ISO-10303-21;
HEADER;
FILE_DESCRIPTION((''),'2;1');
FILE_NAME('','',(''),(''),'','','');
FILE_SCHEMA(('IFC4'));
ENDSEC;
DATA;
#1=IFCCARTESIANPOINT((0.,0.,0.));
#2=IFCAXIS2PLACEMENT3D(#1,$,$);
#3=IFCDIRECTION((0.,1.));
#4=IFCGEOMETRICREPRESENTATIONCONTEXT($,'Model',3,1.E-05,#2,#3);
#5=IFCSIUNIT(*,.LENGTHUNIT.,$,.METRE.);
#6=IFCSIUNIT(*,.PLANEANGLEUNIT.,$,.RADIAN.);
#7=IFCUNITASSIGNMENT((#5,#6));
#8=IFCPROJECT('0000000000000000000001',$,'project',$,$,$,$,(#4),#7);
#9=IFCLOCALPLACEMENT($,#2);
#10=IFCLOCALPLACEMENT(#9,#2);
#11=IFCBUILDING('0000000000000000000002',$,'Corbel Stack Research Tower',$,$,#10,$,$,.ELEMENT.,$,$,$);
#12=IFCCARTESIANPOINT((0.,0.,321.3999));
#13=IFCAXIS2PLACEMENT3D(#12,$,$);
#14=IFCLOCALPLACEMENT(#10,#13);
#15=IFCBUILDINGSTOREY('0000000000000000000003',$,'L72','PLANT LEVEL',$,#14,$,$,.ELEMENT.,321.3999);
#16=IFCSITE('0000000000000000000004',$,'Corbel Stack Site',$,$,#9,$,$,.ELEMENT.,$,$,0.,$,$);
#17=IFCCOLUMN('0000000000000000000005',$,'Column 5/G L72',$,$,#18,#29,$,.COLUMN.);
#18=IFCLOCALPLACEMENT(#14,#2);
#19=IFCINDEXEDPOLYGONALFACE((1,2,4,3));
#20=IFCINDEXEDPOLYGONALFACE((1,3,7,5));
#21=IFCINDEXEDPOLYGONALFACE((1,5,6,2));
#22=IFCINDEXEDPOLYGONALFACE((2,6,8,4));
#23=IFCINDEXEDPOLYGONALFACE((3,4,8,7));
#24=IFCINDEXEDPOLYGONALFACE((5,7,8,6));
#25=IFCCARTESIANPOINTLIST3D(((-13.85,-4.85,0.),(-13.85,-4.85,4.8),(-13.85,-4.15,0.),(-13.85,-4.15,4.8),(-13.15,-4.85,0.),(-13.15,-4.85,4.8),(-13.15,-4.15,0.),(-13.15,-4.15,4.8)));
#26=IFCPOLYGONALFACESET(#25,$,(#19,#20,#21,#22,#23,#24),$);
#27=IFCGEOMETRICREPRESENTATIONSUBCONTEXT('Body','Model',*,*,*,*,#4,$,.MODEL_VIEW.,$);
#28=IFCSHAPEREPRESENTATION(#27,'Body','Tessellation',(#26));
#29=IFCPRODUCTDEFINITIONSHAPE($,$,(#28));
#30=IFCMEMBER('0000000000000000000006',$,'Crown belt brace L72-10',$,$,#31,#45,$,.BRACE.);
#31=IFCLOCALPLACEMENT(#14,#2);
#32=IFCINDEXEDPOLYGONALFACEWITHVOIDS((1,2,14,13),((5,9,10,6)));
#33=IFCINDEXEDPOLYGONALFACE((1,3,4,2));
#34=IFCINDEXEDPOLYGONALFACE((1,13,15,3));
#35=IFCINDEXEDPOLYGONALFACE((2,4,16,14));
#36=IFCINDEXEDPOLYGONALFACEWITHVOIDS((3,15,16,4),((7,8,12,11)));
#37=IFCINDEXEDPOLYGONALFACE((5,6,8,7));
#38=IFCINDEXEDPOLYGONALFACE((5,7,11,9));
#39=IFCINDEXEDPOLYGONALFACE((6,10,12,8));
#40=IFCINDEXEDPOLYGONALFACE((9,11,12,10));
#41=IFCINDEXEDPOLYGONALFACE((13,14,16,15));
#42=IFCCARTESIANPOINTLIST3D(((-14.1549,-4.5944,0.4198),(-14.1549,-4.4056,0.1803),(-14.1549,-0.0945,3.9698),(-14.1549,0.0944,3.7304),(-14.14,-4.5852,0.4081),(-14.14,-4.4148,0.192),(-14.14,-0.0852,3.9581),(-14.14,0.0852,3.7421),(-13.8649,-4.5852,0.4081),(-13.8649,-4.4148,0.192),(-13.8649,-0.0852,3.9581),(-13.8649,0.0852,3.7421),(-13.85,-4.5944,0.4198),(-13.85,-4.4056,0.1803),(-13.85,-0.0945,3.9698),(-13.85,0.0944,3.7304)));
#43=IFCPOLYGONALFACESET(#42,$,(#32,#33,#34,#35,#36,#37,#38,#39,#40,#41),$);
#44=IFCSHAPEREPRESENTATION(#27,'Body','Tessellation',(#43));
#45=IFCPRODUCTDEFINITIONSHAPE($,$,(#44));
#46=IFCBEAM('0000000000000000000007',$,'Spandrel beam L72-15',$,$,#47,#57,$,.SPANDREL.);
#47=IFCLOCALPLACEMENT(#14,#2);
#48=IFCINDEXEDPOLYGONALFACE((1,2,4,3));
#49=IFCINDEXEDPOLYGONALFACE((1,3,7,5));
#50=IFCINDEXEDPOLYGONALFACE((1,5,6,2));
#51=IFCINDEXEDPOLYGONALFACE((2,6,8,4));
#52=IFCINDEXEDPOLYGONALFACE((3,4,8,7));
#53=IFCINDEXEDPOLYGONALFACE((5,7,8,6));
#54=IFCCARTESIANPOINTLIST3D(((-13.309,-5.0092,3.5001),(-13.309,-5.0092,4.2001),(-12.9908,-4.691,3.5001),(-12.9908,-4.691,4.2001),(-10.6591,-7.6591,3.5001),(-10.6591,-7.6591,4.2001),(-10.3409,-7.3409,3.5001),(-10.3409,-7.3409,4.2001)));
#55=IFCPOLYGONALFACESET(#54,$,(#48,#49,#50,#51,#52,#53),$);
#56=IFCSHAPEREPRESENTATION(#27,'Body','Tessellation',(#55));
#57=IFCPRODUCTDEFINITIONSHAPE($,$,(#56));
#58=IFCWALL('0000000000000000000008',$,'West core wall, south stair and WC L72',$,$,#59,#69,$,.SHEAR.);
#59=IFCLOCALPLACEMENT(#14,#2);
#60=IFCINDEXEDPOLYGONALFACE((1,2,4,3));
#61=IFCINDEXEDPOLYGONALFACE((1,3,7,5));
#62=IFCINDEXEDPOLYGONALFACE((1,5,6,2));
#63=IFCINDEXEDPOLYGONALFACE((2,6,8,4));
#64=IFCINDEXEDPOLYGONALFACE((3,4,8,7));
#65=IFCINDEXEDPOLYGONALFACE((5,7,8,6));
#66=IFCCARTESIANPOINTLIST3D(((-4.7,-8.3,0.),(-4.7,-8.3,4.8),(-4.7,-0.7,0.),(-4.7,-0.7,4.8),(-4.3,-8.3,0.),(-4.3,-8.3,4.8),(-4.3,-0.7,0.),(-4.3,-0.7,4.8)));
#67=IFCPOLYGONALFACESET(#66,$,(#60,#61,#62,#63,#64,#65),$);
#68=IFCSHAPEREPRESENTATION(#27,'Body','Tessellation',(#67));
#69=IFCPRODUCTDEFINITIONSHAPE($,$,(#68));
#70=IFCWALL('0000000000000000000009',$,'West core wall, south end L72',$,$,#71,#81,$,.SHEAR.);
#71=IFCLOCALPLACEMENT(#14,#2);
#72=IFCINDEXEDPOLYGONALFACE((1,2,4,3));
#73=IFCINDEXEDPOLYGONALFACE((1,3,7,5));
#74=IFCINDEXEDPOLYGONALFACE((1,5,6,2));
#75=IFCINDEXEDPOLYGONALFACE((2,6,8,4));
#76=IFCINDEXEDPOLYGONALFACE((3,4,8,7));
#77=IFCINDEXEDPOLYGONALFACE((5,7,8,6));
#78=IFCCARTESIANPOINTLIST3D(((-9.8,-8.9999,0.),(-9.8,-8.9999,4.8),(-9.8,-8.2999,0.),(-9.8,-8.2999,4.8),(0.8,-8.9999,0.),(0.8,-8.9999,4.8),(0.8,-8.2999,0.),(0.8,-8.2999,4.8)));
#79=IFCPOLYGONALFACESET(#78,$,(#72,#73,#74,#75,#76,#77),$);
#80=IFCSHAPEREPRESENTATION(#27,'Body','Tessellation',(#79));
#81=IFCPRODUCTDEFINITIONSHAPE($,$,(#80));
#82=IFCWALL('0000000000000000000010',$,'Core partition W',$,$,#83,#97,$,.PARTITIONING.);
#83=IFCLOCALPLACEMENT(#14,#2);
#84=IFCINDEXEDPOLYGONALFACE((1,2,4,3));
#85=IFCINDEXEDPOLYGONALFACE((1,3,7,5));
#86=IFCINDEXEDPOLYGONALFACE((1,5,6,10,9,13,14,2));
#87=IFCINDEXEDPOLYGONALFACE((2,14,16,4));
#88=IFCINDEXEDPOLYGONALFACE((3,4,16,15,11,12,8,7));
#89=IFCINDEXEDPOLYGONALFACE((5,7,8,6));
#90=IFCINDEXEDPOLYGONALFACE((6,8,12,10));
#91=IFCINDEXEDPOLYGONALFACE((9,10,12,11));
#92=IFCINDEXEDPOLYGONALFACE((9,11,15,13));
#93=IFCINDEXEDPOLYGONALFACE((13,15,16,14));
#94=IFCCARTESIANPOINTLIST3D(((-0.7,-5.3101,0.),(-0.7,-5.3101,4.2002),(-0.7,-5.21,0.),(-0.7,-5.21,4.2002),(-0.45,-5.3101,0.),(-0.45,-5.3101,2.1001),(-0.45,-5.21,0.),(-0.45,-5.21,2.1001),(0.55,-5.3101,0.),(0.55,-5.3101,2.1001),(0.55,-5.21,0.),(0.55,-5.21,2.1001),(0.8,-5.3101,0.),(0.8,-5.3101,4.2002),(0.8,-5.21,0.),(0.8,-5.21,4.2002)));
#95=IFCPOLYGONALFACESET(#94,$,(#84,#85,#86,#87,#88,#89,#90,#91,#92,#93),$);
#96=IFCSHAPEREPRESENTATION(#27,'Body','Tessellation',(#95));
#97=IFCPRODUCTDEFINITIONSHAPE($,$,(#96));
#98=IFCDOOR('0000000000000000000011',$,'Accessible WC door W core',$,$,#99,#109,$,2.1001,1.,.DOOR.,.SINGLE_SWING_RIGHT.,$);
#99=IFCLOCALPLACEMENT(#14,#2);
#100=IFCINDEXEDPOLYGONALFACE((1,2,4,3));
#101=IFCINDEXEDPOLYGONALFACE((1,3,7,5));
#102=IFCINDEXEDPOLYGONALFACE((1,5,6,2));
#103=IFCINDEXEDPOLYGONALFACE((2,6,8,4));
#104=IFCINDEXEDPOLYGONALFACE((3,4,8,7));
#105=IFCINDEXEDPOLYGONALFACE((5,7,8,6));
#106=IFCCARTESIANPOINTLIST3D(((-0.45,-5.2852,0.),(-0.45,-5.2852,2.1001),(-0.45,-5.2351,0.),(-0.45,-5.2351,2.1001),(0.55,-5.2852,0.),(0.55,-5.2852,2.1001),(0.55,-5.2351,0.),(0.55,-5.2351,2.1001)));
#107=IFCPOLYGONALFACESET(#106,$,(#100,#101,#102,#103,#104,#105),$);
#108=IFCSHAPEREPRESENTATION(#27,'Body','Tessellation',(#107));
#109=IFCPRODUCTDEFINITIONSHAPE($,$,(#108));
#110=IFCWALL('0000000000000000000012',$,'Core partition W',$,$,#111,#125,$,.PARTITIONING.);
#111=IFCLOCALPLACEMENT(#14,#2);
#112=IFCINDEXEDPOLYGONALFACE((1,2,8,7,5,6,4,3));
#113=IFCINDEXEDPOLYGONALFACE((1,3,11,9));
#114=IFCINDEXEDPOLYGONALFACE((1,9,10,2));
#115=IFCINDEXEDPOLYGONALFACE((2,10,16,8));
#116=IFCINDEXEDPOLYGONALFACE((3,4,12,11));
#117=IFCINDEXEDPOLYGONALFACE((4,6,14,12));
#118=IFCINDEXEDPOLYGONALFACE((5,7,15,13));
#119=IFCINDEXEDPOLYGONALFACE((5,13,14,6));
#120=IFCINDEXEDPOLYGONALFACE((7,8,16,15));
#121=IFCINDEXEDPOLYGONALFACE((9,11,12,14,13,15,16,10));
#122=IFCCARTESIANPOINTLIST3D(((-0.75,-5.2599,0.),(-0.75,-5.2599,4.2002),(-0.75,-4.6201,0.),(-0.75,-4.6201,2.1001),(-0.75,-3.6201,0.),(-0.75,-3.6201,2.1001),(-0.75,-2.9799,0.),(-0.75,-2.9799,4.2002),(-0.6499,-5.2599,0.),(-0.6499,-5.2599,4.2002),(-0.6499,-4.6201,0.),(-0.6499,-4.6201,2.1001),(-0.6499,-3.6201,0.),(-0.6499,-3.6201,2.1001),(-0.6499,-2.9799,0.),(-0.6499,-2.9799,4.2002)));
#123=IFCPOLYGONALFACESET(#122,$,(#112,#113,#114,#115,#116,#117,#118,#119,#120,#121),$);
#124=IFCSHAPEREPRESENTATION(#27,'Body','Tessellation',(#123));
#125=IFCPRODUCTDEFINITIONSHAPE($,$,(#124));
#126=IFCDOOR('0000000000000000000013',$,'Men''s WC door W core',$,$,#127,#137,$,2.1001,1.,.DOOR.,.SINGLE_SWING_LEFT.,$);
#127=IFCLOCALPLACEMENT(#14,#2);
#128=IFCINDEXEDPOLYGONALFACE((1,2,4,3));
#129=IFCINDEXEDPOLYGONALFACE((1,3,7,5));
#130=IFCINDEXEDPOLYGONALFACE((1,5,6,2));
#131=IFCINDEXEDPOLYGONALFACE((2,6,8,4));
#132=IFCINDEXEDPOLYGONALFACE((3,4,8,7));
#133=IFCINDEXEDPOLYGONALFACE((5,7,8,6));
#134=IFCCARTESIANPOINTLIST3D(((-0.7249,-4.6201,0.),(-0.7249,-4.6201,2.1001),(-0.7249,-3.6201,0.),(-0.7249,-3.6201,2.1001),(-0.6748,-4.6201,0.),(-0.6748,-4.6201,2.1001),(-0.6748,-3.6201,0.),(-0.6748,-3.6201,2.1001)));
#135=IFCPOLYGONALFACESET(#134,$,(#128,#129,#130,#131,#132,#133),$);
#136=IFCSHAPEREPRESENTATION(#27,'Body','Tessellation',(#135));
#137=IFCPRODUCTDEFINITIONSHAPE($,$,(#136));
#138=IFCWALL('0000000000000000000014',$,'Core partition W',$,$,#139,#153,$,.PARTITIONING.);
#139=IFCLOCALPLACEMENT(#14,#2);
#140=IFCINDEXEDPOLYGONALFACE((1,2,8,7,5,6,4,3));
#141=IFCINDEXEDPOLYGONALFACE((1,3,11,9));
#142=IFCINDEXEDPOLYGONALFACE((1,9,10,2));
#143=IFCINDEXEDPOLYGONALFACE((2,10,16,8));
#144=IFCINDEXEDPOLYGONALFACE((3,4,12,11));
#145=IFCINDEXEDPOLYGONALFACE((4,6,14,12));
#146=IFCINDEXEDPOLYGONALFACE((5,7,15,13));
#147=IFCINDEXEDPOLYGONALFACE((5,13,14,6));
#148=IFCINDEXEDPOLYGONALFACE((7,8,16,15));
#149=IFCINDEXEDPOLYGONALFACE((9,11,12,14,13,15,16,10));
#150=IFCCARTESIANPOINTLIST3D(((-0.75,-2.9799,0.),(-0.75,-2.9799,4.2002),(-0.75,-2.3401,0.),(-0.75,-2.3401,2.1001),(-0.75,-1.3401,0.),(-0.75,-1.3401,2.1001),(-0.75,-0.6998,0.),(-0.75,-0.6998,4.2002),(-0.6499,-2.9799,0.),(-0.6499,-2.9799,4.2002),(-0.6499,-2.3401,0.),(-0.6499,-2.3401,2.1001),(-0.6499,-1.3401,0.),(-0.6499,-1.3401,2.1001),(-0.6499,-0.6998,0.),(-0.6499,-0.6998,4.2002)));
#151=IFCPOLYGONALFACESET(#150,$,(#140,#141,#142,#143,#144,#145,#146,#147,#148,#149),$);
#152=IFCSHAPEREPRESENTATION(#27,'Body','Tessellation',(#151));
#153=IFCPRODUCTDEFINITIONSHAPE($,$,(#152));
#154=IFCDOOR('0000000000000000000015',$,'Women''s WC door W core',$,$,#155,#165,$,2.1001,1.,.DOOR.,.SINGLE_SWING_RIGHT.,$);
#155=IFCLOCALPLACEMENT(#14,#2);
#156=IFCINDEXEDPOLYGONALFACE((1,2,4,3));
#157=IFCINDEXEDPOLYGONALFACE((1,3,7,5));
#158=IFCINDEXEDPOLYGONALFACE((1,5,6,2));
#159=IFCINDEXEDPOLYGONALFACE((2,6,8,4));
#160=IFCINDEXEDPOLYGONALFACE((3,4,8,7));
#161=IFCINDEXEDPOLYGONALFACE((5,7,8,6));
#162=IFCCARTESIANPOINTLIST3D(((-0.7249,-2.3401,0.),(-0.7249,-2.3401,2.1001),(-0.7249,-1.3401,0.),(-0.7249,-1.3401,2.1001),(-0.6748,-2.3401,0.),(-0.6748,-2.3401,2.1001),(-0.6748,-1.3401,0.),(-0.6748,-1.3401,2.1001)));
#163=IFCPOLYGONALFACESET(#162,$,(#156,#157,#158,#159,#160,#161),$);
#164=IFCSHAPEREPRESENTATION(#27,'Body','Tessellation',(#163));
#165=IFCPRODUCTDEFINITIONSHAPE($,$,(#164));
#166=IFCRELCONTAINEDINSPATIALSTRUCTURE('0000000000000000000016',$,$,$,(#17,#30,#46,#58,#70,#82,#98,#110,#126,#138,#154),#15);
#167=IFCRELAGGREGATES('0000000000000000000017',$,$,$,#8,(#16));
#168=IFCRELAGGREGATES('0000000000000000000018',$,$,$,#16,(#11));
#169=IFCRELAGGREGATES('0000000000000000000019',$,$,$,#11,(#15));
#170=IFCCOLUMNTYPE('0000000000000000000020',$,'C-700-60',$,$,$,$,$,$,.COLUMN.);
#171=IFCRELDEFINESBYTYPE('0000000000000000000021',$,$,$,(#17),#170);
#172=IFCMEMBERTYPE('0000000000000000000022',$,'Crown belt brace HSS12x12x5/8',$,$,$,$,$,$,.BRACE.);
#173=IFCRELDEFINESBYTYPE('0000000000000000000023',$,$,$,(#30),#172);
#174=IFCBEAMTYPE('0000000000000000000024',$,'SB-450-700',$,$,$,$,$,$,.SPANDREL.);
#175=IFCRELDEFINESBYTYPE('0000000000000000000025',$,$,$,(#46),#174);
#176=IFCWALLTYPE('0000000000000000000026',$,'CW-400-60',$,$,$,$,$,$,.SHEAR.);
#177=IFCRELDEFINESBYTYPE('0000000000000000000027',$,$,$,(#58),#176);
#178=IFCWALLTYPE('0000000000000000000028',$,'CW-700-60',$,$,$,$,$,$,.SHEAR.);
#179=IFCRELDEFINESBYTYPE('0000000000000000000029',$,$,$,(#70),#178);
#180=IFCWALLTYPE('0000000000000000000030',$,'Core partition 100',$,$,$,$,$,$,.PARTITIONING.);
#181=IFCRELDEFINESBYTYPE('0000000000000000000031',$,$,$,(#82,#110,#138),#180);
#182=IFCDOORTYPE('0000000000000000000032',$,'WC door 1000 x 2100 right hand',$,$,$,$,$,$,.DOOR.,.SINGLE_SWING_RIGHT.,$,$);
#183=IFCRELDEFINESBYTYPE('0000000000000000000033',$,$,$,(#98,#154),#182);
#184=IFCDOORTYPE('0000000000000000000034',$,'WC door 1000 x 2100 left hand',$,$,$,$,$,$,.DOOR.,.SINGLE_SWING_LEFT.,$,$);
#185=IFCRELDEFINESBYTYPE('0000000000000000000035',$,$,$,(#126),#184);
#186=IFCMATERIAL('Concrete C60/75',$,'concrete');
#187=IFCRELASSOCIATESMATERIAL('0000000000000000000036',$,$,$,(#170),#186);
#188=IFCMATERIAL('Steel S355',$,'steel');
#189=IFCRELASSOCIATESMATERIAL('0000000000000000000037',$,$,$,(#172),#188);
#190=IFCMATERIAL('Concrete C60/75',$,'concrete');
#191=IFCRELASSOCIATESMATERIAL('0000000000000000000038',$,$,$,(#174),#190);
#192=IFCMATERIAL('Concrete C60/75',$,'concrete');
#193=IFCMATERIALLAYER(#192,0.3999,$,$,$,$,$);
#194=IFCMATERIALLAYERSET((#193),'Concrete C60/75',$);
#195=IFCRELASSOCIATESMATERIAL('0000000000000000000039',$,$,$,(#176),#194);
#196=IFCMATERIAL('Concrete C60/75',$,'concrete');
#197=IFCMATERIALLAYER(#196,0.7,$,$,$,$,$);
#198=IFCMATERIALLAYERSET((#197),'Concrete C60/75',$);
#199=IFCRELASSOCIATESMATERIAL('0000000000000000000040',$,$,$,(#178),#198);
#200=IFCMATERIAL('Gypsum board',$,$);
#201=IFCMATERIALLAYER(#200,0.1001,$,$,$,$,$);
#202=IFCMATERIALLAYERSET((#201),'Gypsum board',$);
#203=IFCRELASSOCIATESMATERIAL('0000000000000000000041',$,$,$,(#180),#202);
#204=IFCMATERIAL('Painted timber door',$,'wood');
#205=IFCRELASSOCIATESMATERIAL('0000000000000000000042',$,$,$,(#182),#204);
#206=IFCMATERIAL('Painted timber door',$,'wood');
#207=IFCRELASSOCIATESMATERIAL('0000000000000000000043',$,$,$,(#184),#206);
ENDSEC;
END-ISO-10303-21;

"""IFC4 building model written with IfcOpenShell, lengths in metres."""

from ifc_helpers import new_model, si_unit, direction, frame, frame_2d, origin, origin_2d, place, context, subcontext, project, spatial, rectangle, hollow_rectangle, extrude, material, layer, layer_set, material_profile, profile_set, type_object, element, fill, save


model = new_model("IFC4")

# Units and contexts
model_context = context("Model", 3, precision=1e-05, world=origin(), true_north=direction((0.0, 1.0)))
body_context = subcontext(model_context, "Body", "Model", "MODEL_VIEW")
ifc_project = project(units=[si_unit("LENGTHUNIT", "METRE"), si_unit("PLANEANGLEUNIT", "RADIAN")], contexts=[model_context])

# Site, building, storey
site_placement = place(None, origin())
site = spatial("IfcSite", under=ifc_project, at=site_placement, Name="Corbel Stack Site", CompositionType="ELEMENT", RefElevation=0.0)
building_placement = place(site_placement, origin())
building = spatial("IfcBuilding", under=site, at=building_placement, Name="Corbel Stack Research Tower", CompositionType="ELEMENT")
storey_placement = place(building_placement, frame((0.0, 0.0, 321.3999)))
storey = spatial("IfcBuildingStorey", under=building, at=storey_placement, Name="L72", Description="PLANT LEVEL", CompositionType="ELEMENT", Elevation=321.3999)

# Column
ifc_material_1 = material(Name="Concrete C60/75", Category="concrete")
ifc_material_profile_1 = material_profile(ifc_material_1, rectangle(XDim=0.7, YDim=0.7, at=origin_2d()), Name="RC 700 x 700")
ifc_profile_set_1 = profile_set([ifc_material_profile_1], Name="Concrete C60/75")
column_type = type_object("IfcColumnType", Name="C-700-60", PredefinedType="COLUMN", material=ifc_profile_set_1)
column_placement = place(storey_placement, frame((-13.5, -4.5, 0.0), z_axis=(0.0, 0.0, 1.0), x_axis=(1.0, 0.0, 0.0)))
element("IfcColumn", 1, at=column_placement, inside=storey, type_object=column_type, Name="Column 5/G L72", PredefinedType="COLUMN", context=body_context, shape_type="SweptSolid", body=[
    extrude(rectangle(XDim=0.7, YDim=0.7, at=origin_2d()), origin(), (0.0, 0.0, 1.0), 4.8),
])

# Member
ifc_material_2 = material(Name="Steel S355", Category="steel")
ifc_material_profile_2 = material_profile(ifc_material_2, hollow_rectangle(XDim=0.3049, YDim=0.3049, WallThickness=0.0149, at=origin_2d()), Name="HSS12x12x5/8")
ifc_profile_set_2 = profile_set([ifc_material_profile_2], Name="Steel S355")
member_type = type_object("IfcMemberType", Name="Crown belt brace HSS12x12x5/8", PredefinedType="BRACE", material=ifc_profile_set_2)
member_placement = place(storey_placement, frame((-14.0024, -4.5, 0.3), z_axis=(0.0, 0.785102, 0.619367), x_axis=(-1.0, 0.0, 0.0)))
element("IfcMember", 2, at=member_placement, inside=storey, type_object=member_type, Name="Crown belt brace L72-10", PredefinedType="BRACE", context=body_context, shape_type="SweptSolid", body=[
    extrude(hollow_rectangle(XDim=0.3049, YDim=0.3049, WallThickness=0.0149, at=origin_2d()), origin(), (0.0, 0.0, 1.0), 5.7317),
])

# Beam
ifc_material_3 = material(Name="Concrete C60/75", Category="concrete")
ifc_material_profile_3 = material_profile(ifc_material_3, rectangle(XDim=0.45, YDim=0.7, at=origin_2d()), Name="RC 450 x 700")
ifc_profile_set_3 = profile_set([ifc_material_profile_3], Name="Concrete C60/75")
beam_type = type_object("IfcBeamType", Name="SB-450-700", PredefinedType="SPANDREL", material=ifc_profile_set_3)
beam_placement = place(storey_placement, frame((-13.1499, -4.8501, 3.8501), z_axis=(0.707107, -0.707107, 0.0), x_axis=(0.707107, 0.707107, 0.0)))
element("IfcBeam", 3, at=beam_placement, inside=storey, type_object=beam_type, Name="Spandrel beam L72-15", PredefinedType="SPANDREL", context=body_context, shape_type="SweptSolid", body=[
    extrude(rectangle(XDim=0.45, YDim=0.7, at=origin_2d()), origin(), (0.0, 0.0, 1.0), 3.7476),
])

# Wall
ifc_material_4 = material(Name="Concrete C60/75", Category="concrete")
ifc_layer_1 = layer(ifc_material_4, 0.3999)
ifc_layer_set_1 = layer_set([ifc_layer_1], Name="Concrete C60/75")
wall_type_1 = type_object("IfcWallType", Name="CW-400-60", PredefinedType="SHEAR", material=ifc_layer_set_1)
wall_1_placement = place(storey_placement, frame((-4.5, -8.3, 0.0), z_axis=(0.0, 0.0, 1.0), x_axis=(0.0, 1.0, 0.0)))
element("IfcWall", 4, at=wall_1_placement, inside=storey, type_object=wall_type_1, Name="West core wall, south stair and WC L72", PredefinedType="SHEAR", context=body_context, shape_type="SweptSolid", body=[
    extrude(rectangle(XDim=7.6001, YDim=0.3999, at=frame_2d((3.8, 0.0))), origin(), (0.0, 0.0, 1.0), 4.8),
])

# Shared definitions
ifc_material_5 = material(Name="Concrete C60/75", Category="concrete")
ifc_layer_2 = layer(ifc_material_5, 0.7)
ifc_layer_set_2 = layer_set([ifc_layer_2], Name="Concrete C60/75")
wall_type_2 = type_object("IfcWallType", Name="CW-700-60", PredefinedType="SHEAR", material=ifc_layer_set_2)

# Wall
wall_2_placement = place(storey_placement, frame((-9.8, -8.6499, 0.0), z_axis=(0.0, 0.0, 1.0), x_axis=(1.0, 0.0, 0.0)))
element("IfcWall", 5, at=wall_2_placement, inside=storey, type_object=wall_type_2, Name="West core wall, south end L72", PredefinedType="SHEAR", context=body_context, shape_type="SweptSolid", body=[
    extrude(rectangle(XDim=10.6001, YDim=0.7, at=frame_2d((5.3, 0.0))), origin(), (0.0, 0.0, 1.0), 4.8),
])

# Walls, openings, doors
ifc_material_6 = material(Name="Gypsum board")
ifc_layer_3 = layer(ifc_material_6, 0.1001)
ifc_layer_set_3 = layer_set([ifc_layer_3], Name="Gypsum board")
wall_type_3 = type_object("IfcWallType", Name="Core partition 100", PredefinedType="PARTITIONING", material=ifc_layer_set_3)
wall_3_placement = place(storey_placement, frame((-0.7, -5.26, 0.0), z_axis=(0.0, 0.0, 1.0), x_axis=(1.0, 0.0, 0.0)))
wall_3 = element("IfcWall", 6, at=wall_3_placement, inside=storey, type_object=wall_type_3, Name="Core partition W", PredefinedType="PARTITIONING", context=body_context, shape_type="SweptSolid", body=[
    extrude(rectangle(XDim=1.5, YDim=0.1001, at=frame_2d((0.75, 0.0))), origin(), (0.0, 0.0, 1.0), 4.2002),
])
opening_1_placement = place(wall_3_placement, frame((0.25, 0.0, 0.0)))
opening_1 = element("IfcOpeningElement", 7, at=opening_1_placement, cuts=wall_3, PredefinedType="OPENING", context=body_context, shape_type="SweptSolid", body=[
    extrude(rectangle(XDim=1.0, YDim=2.1001, at=frame_2d((0.5, 1.05))), frame((0.0, 0.0601, 0.0), z_axis=(0.0, -1.0, 0.0), x_axis=(1.0, 0.0, 0.0)), (0.0, 0.0, 1.0), 0.1201),
])
ifc_material_7 = material(Name="Painted timber door", Category="wood")
door_type_1 = type_object("IfcDoorType", Name="WC door 1000 x 2100 right hand", OperationType="SINGLE_SWING_RIGHT", PredefinedType="DOOR", material=ifc_material_7)
door_1_placement = place(opening_1_placement, origin())
door_1 = element("IfcDoor", 8, at=door_1_placement, inside=storey, type_object=door_type_1, Name="Accessible WC door W core", OperationType="SINGLE_SWING_RIGHT", OverallHeight=2.1001, OverallWidth=1.0, PredefinedType="DOOR", context=body_context, shape_type="SweptSolid", body=[
    extrude(rectangle(XDim=1.0, YDim=2.1001, at=frame_2d((0.5, 1.05))), frame((0.0, 0.0249, 0.0), z_axis=(0.0, -1.0, 0.0), x_axis=(1.0, 0.0, 0.0)), (0.0, 0.0, 1.0), 0.05),
])
fill(opening_1, door_1)
wall_4_placement = place(storey_placement, frame((-0.7, -5.26, 0.0), z_axis=(0.0, 0.0, 1.0), x_axis=(0.0, 1.0, 0.0)))
wall_4 = element("IfcWall", 9, at=wall_4_placement, inside=storey, type_object=wall_type_3, Name="Core partition W", PredefinedType="PARTITIONING", context=body_context, shape_type="SweptSolid", body=[
    extrude(rectangle(XDim=2.28, YDim=0.1001, at=frame_2d((1.1401, 0.0))), origin(), (0.0, 0.0, 1.0), 4.2002),
])
opening_2_placement = place(wall_4_placement, frame((0.6399, 0.0, 0.0)))
opening_2 = element("IfcOpeningElement", 10, at=opening_2_placement, cuts=wall_4, PredefinedType="OPENING", context=body_context, shape_type="SweptSolid", body=[
    extrude(rectangle(XDim=1.0, YDim=2.1001, at=frame_2d((0.5, 1.05))), frame((0.0, 0.0601, 0.0), z_axis=(0.0, -1.0, 0.0), x_axis=(1.0, 0.0, 0.0)), (0.0, 0.0, 1.0), 0.1201),
])
ifc_material_8 = material(Name="Painted timber door", Category="wood")
door_type_2 = type_object("IfcDoorType", Name="WC door 1000 x 2100 left hand", OperationType="SINGLE_SWING_LEFT", PredefinedType="DOOR", material=ifc_material_8)
door_2_placement = place(opening_2_placement, origin())
door_2 = element("IfcDoor", 11, at=door_2_placement, inside=storey, type_object=door_type_2, Name="Men's WC door W core", OperationType="SINGLE_SWING_LEFT", OverallHeight=2.1001, OverallWidth=1.0, PredefinedType="DOOR", context=body_context, shape_type="SweptSolid", body=[
    extrude(rectangle(XDim=1.0, YDim=2.1001, at=frame_2d((0.5, 1.05))), frame((0.0, 0.0249, 0.0), z_axis=(0.0, -1.0, 0.0), x_axis=(1.0, 0.0, 0.0)), (0.0, 0.0, 1.0), 0.05),
])
fill(opening_2, door_2)
wall_5_placement = place(storey_placement, frame((-0.7, -2.98, 0.0), z_axis=(0.0, 0.0, 1.0), x_axis=(0.0, 1.0, 0.0)))
wall_5 = element("IfcWall", 12, at=wall_5_placement, inside=storey, type_object=wall_type_3, Name="Core partition W", PredefinedType="PARTITIONING", context=body_context, shape_type="SweptSolid", body=[
    extrude(rectangle(XDim=2.28, YDim=0.1001, at=frame_2d((1.1401, 0.0))), origin(), (0.0, 0.0, 1.0), 4.2002),
])
opening_3_placement = place(wall_5_placement, frame((0.6399, 0.0, 0.0)))
opening_3 = element("IfcOpeningElement", 13, at=opening_3_placement, cuts=wall_5, PredefinedType="OPENING", context=body_context, shape_type="SweptSolid", body=[
    extrude(rectangle(XDim=1.0, YDim=2.1001, at=frame_2d((0.5, 1.05))), frame((0.0, 0.0601, 0.0), z_axis=(0.0, -1.0, 0.0), x_axis=(1.0, 0.0, 0.0)), (0.0, 0.0, 1.0), 0.1201),
])
door_3_placement = place(opening_3_placement, origin())
door_3 = element("IfcDoor", 14, at=door_3_placement, inside=storey, type_object=door_type_1, Name="Women's WC door W core", OperationType="SINGLE_SWING_RIGHT", OverallHeight=2.1001, OverallWidth=1.0, PredefinedType="DOOR", context=body_context, shape_type="SweptSolid", body=[
    extrude(rectangle(XDim=1.0, YDim=2.1001, at=frame_2d((0.5, 1.05))), frame((0.0, 0.0249, 0.0), z_axis=(0.0, -1.0, 0.0), x_axis=(1.0, 0.0, 0.0)), (0.0, 0.0, 1.0), 0.05),
])
fill(opening_3, door_3)

save(model, "model.ifc")
